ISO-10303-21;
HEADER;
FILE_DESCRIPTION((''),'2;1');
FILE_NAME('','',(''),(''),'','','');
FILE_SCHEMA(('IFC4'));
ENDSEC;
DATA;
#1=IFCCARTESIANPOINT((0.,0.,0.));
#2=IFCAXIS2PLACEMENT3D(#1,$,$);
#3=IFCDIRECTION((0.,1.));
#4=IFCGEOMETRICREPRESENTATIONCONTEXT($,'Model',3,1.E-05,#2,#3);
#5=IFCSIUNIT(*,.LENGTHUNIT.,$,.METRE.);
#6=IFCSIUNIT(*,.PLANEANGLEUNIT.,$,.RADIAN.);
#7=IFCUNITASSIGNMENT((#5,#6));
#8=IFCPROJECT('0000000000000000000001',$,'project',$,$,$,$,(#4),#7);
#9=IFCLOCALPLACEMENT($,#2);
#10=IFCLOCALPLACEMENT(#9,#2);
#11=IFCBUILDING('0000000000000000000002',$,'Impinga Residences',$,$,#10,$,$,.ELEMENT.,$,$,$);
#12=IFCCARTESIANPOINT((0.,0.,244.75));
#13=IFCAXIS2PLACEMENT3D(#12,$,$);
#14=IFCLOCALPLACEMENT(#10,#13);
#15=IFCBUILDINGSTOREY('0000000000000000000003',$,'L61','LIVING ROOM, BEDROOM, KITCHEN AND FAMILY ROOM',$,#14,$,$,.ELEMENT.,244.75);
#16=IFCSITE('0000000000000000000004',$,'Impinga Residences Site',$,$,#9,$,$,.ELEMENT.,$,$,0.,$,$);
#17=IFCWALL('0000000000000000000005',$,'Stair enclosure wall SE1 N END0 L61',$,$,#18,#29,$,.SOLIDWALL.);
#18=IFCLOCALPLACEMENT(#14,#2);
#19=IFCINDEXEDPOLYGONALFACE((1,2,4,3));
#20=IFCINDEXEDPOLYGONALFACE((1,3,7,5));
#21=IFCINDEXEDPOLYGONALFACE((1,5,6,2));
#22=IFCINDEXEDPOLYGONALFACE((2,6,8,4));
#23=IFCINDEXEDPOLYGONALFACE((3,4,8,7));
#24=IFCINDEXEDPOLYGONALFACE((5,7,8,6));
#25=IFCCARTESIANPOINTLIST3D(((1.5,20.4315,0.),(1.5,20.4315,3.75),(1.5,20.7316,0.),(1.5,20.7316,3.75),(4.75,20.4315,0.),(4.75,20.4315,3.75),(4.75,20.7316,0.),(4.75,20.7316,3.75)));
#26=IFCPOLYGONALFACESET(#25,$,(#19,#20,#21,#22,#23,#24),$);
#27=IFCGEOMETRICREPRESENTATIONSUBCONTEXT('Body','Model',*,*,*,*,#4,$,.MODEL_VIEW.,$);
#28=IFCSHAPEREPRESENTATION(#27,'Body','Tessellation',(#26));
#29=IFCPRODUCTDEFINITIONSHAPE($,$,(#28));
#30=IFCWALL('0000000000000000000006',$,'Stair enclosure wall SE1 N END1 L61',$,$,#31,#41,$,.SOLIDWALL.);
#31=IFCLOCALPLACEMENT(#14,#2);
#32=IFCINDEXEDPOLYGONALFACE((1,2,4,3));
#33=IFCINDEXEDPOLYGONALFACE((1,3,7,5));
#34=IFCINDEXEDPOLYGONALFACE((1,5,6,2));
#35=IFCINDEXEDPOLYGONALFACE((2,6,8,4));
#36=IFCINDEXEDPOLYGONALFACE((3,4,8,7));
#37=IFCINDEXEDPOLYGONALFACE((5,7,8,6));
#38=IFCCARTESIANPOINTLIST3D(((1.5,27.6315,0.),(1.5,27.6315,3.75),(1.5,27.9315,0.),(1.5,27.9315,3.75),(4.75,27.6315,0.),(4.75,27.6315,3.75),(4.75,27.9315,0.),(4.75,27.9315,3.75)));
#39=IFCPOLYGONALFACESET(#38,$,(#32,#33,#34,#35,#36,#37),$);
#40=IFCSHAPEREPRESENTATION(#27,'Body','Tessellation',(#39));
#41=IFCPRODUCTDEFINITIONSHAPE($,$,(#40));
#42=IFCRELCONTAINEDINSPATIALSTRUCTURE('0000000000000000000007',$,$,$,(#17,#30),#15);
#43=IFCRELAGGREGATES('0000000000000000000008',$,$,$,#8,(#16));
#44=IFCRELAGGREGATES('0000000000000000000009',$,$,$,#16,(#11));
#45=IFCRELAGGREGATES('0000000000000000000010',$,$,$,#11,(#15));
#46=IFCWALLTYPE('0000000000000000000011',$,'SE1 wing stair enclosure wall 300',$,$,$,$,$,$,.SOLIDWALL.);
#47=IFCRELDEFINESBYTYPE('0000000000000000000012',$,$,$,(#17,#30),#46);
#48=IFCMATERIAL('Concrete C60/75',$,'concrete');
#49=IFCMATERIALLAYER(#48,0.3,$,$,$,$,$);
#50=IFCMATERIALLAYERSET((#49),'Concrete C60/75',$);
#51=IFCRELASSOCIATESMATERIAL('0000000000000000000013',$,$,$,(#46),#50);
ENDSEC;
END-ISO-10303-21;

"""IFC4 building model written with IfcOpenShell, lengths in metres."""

from ifc_helpers import new_model, si_unit, direction, frame, frame_2d, origin, place, context, subcontext, project, spatial, rectangle, extrude, material, layer, layer_set, type_object, element, save


model = new_model("IFC4")

# Units and contexts
model_context = context("Model", 3, precision=1e-05, world=origin(), true_north=direction((0.0, 1.0)))
body_context = subcontext(model_context, "Body", "Model", "MODEL_VIEW")
ifc_project = project(units=[si_unit("LENGTHUNIT", "METRE"), si_unit("PLANEANGLEUNIT", "RADIAN")], contexts=[model_context])

# Site, building, storey
site_placement = place(None, origin())
site = spatial("IfcSite", under=ifc_project, at=site_placement, Name="Impinga Residences Site", CompositionType="ELEMENT", RefElevation=0.0)
building_placement = place(site_placement, origin())
building = spatial("IfcBuilding", under=site, at=building_placement, Name="Impinga Residences", CompositionType="ELEMENT")
storey_placement = place(building_placement, frame((0.0, 0.0, 244.75)))
storey = spatial("IfcBuildingStorey", under=building, at=storey_placement, Name="L61", Description="LIVING ROOM, BEDROOM, KITCHEN AND FAMILY ROOM", CompositionType="ELEMENT", Elevation=244.75)

# Shared definitions
ifc_material_1 = material(Name="Concrete C60/75", Category="concrete")

# Walls
ifc_layer_1 = layer(ifc_material_1, 0.3)
ifc_layer_set_1 = layer_set([ifc_layer_1], Name="Concrete C60/75")
wall_type_1 = type_object("IfcWallType", Name="SE1 wing stair enclosure wall 300", PredefinedType="SOLIDWALL", material=ifc_layer_set_1)
for number, where, z_axis, x_axis, name in (
    (1, (1.5, 20.5815, 0.0), (0.0, 0.0, 1.0), (1.0, 0.0, 0.0), "Stair enclosure wall SE1 N END0 L61"),
    (2, (1.5, 27.7815, 0.0), (0.0, 0.0, 1.0), (1.0, 0.0, 0.0), "Stair enclosure wall SE1 N END1 L61"),
):
    element("IfcWall", number, at=place(storey_placement, frame(where, z_axis=z_axis, x_axis=x_axis)), inside=storey, type_object=wall_type_1, Name=name, PredefinedType="SOLIDWALL", context=body_context, shape_type="SweptSolid", body=[
        extrude(rectangle(XDim=3.25, YDim=0.3, at=frame_2d((1.625, 0.0))), origin(), (0.0, 0.0, 1.0), 3.75),
    ])

save(model, "model.ifc")
